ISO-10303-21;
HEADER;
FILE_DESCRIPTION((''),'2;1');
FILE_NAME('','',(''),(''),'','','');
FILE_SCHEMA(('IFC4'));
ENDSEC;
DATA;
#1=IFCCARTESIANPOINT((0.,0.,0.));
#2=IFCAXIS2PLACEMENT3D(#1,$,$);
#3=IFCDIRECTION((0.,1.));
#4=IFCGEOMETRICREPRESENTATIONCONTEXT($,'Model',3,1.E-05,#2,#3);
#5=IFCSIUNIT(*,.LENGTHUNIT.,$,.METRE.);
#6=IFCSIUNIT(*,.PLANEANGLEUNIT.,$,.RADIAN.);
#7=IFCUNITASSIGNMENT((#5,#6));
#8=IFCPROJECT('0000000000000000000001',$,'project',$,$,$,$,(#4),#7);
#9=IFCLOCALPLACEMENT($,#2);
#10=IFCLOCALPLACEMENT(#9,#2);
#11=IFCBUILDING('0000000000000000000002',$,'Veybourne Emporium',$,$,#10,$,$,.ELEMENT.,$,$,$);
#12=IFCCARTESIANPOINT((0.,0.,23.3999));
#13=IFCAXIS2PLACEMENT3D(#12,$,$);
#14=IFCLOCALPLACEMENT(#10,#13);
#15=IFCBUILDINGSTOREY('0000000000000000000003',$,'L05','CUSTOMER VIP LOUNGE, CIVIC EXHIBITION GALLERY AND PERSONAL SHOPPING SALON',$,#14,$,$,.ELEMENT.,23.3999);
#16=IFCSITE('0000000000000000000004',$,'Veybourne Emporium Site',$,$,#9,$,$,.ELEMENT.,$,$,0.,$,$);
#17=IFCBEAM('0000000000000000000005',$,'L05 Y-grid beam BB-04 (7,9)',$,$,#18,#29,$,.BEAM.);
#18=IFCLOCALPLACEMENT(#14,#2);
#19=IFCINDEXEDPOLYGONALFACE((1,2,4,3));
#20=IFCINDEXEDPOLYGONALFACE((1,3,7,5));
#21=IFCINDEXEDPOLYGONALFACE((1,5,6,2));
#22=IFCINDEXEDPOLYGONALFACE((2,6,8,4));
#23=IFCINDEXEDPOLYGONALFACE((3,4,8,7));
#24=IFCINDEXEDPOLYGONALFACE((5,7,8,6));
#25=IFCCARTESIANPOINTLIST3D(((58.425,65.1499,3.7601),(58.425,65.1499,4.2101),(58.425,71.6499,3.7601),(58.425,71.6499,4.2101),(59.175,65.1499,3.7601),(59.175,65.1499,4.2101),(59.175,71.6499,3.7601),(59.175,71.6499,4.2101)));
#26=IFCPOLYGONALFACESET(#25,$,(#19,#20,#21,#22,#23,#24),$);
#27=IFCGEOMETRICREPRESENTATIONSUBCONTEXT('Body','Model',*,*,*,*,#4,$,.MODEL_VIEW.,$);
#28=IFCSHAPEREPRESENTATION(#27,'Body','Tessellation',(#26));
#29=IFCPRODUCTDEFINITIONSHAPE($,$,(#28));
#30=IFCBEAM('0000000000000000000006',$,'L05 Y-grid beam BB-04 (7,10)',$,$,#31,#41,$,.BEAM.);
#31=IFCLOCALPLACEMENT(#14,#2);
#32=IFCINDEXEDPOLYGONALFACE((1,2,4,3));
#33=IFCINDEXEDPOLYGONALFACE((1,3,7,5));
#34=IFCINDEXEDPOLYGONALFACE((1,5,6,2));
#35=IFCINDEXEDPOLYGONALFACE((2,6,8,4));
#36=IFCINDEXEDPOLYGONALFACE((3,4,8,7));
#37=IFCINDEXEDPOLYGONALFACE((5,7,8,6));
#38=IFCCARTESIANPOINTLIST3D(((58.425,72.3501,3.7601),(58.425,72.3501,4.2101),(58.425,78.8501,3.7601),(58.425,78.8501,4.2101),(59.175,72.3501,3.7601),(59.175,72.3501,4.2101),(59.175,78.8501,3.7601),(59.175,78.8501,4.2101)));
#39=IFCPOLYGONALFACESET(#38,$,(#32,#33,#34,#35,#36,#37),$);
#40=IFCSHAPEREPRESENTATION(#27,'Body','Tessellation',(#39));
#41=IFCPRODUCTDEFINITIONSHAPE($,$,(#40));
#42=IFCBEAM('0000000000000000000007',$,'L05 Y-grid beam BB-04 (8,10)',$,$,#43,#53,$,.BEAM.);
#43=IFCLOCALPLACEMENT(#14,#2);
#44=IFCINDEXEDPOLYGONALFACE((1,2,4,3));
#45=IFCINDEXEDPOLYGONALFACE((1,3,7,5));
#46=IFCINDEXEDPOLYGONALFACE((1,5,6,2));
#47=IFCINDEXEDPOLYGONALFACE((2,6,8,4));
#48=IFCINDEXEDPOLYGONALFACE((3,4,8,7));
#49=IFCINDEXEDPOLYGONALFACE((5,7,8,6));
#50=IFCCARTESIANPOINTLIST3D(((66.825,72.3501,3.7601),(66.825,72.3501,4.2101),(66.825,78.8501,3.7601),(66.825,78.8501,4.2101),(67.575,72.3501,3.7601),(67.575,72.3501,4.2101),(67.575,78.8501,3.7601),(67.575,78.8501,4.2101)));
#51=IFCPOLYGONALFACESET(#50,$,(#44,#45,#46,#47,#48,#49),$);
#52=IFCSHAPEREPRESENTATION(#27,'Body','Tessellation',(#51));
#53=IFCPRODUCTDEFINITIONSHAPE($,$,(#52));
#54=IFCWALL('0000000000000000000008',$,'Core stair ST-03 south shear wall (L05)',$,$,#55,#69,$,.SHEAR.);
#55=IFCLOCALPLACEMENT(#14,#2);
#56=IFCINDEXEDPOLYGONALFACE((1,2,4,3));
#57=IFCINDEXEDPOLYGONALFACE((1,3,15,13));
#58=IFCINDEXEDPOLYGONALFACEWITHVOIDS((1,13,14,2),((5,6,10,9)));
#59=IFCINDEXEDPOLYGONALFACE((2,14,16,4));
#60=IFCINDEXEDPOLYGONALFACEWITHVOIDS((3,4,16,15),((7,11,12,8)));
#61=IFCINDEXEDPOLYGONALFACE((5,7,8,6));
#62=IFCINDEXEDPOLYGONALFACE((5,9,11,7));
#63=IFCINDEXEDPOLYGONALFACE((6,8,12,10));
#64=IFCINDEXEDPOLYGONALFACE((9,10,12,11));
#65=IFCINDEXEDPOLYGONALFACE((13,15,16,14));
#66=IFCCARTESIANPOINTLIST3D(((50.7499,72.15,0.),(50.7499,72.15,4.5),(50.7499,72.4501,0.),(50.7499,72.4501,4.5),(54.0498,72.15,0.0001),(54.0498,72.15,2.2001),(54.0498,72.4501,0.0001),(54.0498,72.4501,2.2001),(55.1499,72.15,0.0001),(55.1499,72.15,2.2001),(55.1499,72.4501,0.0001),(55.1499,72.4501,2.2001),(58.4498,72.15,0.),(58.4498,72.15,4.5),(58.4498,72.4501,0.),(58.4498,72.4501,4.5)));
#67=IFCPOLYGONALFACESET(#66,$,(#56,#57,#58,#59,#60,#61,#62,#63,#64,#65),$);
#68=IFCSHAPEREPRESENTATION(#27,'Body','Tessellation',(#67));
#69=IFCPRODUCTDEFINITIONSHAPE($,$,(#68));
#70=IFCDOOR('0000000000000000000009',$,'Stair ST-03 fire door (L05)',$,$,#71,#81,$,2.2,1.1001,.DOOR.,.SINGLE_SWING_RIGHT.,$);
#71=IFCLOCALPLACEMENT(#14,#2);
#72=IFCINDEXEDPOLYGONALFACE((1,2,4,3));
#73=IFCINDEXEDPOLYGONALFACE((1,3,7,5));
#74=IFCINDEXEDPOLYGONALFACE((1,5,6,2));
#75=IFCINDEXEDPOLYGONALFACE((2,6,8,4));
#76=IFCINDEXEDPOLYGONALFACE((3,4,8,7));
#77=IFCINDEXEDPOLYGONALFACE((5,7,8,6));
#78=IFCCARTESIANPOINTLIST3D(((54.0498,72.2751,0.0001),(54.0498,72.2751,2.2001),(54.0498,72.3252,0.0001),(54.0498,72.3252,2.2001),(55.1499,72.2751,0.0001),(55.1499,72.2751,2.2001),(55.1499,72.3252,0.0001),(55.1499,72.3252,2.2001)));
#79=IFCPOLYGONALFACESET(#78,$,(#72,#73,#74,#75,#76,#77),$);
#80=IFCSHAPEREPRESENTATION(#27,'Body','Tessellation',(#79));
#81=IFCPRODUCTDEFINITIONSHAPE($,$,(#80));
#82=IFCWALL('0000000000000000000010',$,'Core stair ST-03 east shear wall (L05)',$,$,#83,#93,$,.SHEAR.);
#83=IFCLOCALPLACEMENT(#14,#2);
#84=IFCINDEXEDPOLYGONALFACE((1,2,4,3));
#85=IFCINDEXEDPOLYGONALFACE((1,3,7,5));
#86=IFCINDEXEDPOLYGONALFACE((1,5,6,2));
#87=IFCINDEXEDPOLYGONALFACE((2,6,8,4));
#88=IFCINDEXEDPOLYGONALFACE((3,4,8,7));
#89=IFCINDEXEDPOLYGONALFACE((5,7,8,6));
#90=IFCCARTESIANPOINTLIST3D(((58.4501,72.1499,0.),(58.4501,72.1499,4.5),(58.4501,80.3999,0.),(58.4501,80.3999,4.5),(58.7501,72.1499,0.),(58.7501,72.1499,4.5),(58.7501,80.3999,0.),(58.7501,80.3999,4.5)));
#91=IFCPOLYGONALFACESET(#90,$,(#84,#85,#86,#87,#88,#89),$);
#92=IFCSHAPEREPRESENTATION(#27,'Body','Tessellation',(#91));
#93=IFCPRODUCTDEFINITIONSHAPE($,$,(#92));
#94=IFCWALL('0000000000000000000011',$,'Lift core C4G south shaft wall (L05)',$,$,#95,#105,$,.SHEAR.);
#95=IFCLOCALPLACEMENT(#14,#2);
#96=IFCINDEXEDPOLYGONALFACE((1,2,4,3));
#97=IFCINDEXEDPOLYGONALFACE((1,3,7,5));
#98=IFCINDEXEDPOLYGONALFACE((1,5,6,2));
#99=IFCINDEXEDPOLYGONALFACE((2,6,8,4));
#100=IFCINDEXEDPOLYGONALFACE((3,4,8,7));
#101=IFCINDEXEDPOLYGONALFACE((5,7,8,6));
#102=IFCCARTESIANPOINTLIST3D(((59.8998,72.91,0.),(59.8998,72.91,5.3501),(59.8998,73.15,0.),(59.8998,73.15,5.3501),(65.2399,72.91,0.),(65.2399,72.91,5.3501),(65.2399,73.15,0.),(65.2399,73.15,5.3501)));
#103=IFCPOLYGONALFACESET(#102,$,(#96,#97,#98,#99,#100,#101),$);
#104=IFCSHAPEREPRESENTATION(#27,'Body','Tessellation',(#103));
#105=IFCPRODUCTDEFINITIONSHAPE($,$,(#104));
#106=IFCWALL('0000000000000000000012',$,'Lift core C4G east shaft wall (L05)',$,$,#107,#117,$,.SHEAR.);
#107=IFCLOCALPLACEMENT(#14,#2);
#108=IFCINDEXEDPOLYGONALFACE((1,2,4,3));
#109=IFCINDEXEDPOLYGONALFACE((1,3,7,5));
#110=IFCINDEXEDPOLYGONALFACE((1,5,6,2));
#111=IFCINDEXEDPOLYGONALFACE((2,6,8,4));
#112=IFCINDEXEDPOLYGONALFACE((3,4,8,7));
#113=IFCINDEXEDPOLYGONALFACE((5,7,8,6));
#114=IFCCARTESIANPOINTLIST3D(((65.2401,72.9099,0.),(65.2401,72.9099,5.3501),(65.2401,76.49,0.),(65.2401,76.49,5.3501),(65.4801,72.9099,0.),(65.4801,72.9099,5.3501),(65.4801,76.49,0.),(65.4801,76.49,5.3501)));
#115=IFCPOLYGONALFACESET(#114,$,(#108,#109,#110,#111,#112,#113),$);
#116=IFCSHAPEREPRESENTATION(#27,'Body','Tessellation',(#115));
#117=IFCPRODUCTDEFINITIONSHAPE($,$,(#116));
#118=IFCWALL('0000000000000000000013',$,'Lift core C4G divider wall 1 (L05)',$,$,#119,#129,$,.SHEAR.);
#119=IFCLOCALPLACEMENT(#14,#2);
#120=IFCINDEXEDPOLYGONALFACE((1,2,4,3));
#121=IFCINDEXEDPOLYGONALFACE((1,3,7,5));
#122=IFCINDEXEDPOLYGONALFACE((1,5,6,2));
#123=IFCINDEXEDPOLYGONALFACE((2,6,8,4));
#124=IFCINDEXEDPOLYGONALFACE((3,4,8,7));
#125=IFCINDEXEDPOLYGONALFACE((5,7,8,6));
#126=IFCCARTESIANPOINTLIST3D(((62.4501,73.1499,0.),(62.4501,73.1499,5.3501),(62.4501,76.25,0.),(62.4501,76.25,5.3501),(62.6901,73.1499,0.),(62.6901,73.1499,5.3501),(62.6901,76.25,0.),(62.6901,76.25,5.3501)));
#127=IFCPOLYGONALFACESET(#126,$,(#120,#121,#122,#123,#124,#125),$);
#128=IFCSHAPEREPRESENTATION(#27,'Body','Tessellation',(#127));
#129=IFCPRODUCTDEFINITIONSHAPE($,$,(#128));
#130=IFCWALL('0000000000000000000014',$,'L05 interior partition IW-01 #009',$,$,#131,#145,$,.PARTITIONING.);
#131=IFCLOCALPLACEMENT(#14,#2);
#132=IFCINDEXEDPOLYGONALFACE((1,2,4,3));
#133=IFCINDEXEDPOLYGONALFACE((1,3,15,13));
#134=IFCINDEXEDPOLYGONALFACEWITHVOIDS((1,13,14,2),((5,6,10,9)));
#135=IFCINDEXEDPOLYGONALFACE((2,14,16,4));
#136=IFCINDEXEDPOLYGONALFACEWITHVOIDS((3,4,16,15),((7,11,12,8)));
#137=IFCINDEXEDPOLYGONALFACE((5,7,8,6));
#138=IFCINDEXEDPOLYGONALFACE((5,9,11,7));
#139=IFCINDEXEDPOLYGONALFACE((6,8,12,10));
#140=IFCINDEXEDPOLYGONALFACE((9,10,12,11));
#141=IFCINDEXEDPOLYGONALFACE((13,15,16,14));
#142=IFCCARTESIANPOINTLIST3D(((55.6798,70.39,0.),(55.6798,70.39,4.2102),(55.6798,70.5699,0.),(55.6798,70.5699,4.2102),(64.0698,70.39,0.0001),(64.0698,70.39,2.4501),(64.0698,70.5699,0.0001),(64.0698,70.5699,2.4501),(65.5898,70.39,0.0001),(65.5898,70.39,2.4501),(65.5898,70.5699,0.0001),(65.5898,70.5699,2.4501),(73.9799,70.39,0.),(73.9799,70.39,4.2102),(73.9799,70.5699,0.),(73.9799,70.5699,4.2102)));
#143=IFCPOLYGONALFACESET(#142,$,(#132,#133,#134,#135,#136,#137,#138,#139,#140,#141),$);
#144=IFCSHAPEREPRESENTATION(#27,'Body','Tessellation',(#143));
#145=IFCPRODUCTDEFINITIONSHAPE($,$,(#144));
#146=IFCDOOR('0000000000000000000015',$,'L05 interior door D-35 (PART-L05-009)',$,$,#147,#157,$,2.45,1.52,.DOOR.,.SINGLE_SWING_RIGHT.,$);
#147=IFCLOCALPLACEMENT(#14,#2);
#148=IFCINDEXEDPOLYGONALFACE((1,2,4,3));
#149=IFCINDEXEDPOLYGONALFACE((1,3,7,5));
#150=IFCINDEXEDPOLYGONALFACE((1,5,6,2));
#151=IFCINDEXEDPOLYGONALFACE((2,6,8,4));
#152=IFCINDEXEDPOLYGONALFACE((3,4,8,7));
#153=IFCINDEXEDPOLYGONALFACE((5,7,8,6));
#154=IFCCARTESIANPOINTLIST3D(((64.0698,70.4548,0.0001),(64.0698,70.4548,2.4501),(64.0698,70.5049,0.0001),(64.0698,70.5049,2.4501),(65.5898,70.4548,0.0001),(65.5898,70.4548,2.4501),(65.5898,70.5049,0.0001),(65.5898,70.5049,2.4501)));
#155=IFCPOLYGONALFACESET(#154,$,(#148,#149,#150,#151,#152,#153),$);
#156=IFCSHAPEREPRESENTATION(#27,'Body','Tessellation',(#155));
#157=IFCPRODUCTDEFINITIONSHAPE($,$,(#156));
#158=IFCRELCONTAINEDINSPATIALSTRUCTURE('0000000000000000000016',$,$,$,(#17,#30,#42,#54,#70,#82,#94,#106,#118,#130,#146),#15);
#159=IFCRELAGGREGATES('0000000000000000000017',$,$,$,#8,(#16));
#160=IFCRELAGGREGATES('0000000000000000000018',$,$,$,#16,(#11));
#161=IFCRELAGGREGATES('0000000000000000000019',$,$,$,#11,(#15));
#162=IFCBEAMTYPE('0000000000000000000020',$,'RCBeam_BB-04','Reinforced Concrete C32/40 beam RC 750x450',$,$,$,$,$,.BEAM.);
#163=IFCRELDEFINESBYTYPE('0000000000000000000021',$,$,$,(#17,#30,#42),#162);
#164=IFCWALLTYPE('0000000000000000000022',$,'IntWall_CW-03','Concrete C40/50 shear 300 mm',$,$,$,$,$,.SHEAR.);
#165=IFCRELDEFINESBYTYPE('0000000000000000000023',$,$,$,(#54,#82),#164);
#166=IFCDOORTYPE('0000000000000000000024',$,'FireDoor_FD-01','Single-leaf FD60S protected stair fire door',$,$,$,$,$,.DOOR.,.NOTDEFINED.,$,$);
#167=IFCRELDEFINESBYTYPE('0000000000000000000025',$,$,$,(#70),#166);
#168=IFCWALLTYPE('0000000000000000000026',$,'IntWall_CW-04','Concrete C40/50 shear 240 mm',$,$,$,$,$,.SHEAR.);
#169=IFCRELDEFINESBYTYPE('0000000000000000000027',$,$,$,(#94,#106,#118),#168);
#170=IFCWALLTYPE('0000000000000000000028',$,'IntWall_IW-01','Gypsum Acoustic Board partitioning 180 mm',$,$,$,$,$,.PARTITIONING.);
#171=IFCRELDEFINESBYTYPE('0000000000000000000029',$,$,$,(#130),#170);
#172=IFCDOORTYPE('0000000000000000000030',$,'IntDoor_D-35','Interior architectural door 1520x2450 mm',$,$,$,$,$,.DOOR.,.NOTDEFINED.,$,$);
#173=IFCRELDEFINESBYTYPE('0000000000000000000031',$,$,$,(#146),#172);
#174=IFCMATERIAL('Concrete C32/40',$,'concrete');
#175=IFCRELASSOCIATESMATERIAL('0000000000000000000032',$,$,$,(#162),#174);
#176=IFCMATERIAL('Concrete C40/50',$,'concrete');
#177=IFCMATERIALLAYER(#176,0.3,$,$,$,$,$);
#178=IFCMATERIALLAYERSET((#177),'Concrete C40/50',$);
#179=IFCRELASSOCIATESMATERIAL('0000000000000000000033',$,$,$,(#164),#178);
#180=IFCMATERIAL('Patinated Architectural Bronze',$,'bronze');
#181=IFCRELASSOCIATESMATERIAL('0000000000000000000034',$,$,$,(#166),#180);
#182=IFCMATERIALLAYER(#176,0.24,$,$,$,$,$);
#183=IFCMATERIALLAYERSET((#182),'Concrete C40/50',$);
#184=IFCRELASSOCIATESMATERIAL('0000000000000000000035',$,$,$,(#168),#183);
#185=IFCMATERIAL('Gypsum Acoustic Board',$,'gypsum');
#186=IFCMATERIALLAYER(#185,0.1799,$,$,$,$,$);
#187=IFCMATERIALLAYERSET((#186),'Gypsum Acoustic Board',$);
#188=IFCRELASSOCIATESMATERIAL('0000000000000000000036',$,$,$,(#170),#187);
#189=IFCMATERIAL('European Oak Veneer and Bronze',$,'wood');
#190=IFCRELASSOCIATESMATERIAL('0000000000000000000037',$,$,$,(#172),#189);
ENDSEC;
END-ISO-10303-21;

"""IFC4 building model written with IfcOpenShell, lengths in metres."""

from ifc_helpers import new_model, si_unit, direction, frame, frame_2d, origin, origin_2d, place, context, subcontext, project, spatial, rectangle, extrude, material, layer, layer_set, material_profile, profile_set, type_object, element, fill, save


model = new_model("IFC4")

# Units and contexts
model_context = context("Model", 3, precision=1e-05, world=origin(), true_north=direction((0.0, 1.0)))
body_context = subcontext(model_context, "Body", "Model", "MODEL_VIEW")
ifc_project = project(units=[si_unit("LENGTHUNIT", "METRE"), si_unit("PLANEANGLEUNIT", "RADIAN")], contexts=[model_context])

# Site, building, storey
site_placement = place(None, origin())
site = spatial("IfcSite", under=ifc_project, at=site_placement, Name="Veybourne Emporium Site", CompositionType="ELEMENT", RefElevation=0.0)
building_placement = place(site_placement, origin())
building = spatial("IfcBuilding", under=site, at=building_placement, Name="Veybourne Emporium", CompositionType="ELEMENT")
storey_placement = place(building_placement, frame((0.0, 0.0, 23.3999)))
storey = spatial("IfcBuildingStorey", under=building, at=storey_placement, Name="L05", Description="CUSTOMER VIP LOUNGE, CIVIC EXHIBITION GALLERY AND PERSONAL SHOPPING SALON", CompositionType="ELEMENT", Elevation=23.3999)

# Shared definitions
ifc_material_1 = material(Name="Concrete C40/50", Category="concrete")

# Beams
ifc_material_2 = material(Name="Concrete C32/40", Category="concrete")
ifc_material_profile_1 = material_profile(ifc_material_2, rectangle(XDim=0.75, YDim=0.45, at=origin_2d()), Name="RC 750x450")
ifc_profile_set_1 = profile_set([ifc_material_profile_1], Name="Concrete C32/40")
beam_type_1 = type_object("IfcBeamType", Name="RCBeam_BB-04", Description="Reinforced Concrete C32/40 beam RC 750x450", PredefinedType="BEAM", material=ifc_profile_set_1)
for number, where, z_axis, x_axis, name in (
    (1, (58.8, 65.1499, 3.9851), (0.0, 1.0, 0.0), (-1.0, 0.0, 0.0), "L05 Y-grid beam BB-04 (7,9)"),
    (2, (58.8, 72.3501, 3.9851), (0.0, 1.0, 0.0), (-1.0, 0.0, 0.0), "L05 Y-grid beam BB-04 (7,10)"),
    (3, (67.2, 72.3501, 3.9851), (0.0, 1.0, 0.0), (-1.0, 0.0, 0.0), "L05 Y-grid beam BB-04 (8,10)"),
):
    element("IfcBeam", number, at=place(storey_placement, frame(where, z_axis=z_axis, x_axis=x_axis)), inside=storey, type_object=beam_type_1, Name=name, PredefinedType="BEAM", context=body_context, shape_type="SweptSolid", body=[
        extrude(rectangle(XDim=0.75, YDim=0.45, at=origin_2d()), origin(), (0.0, 0.0, 1.0), 6.5),
    ])

# Wall, opening, door
ifc_layer_1 = layer(ifc_material_1, 0.3)
ifc_layer_set_1 = layer_set([ifc_layer_1], Name="Concrete C40/50")
wall_type_1 = type_object("IfcWallType", Name="IntWall_CW-03", Description="Concrete C40/50 shear 300 mm", PredefinedType="SHEAR", material=ifc_layer_set_1)
wall_1_placement = place(storey_placement, frame((58.45, 72.3, 0.0), z_axis=(0.0, 0.0, 1.0), x_axis=(-1.0, 0.0, 0.0)))
wall_1 = element("IfcWall", 4, at=wall_1_placement, inside=storey, type_object=wall_type_1, Name="Core stair ST-03 south shear wall (L05)", PredefinedType="SHEAR", context=body_context, shape_type="SweptSolid", body=[
    extrude(rectangle(XDim=7.7, YDim=0.3, at=frame_2d((3.8501, 0.0))), origin(), (0.0, 0.0, 1.0), 4.5),
])
opening_1_placement = place(wall_1_placement, frame((3.3, 0.0, 0.0)))
opening_1 = element("IfcOpeningElement", 5, at=opening_1_placement, cuts=wall_1, PredefinedType="OPENING", context=body_context, shape_type="SweptSolid", body=[
    extrude(rectangle(XDim=1.1001, YDim=2.2, at=frame_2d((0.55, 1.1001))), frame((0.0, 0.1699, 0.0), z_axis=(0.0, -1.0, 0.0), x_axis=(1.0, 0.0, 0.0)), (0.0, 0.0, 1.0), 0.3401),
])
ifc_material_3 = material(Name="Patinated Architectural Bronze", Category="bronze")
door_type_1 = type_object("IfcDoorType", Name="FireDoor_FD-01", Description="Single-leaf FD60S protected stair fire door", OperationType="NOTDEFINED", PredefinedType="DOOR", material=ifc_material_3)
door_1_placement = place(opening_1_placement, origin())
door_1 = element("IfcDoor", 6, at=door_1_placement, inside=storey, type_object=door_type_1, Name="Stair ST-03 fire door (L05)", OperationType="SINGLE_SWING_RIGHT", OverallHeight=2.2, OverallWidth=1.1001, PredefinedType="DOOR", context=body_context, shape_type="SweptSolid", body=[
    extrude(rectangle(XDim=1.1001, YDim=2.2, at=frame_2d((0.55, 1.1001))), frame((0.0, 0.0249, 0.0), z_axis=(0.0, -1.0, 0.0), x_axis=(1.0, 0.0, 0.0)), (0.0, 0.0, 1.0), 0.05),
])
fill(opening_1, door_1)

# Walls
wall_2_placement = place(storey_placement, frame((58.6001, 72.1499, 0.0), z_axis=(0.0, 0.0, 1.0), x_axis=(0.0, 1.0, 0.0)))
element("IfcWall", 7, at=wall_2_placement, inside=storey, type_object=wall_type_1, Name="Core stair ST-03 east shear wall (L05)", PredefinedType="SHEAR", context=body_context, shape_type="SweptSolid", body=[
    extrude(rectangle(XDim=8.25, YDim=0.3, at=frame_2d((4.125, 0.0))), origin(), (0.0, 0.0, 1.0), 4.5),
])
ifc_layer_2 = layer(ifc_material_1, 0.24)
ifc_layer_set_2 = layer_set([ifc_layer_2], Name="Concrete C40/50")
wall_type_2 = type_object("IfcWallType", Name="IntWall_CW-04", Description="Concrete C40/50 shear 240 mm", PredefinedType="SHEAR", material=ifc_layer_set_2)
wall_3_placement = place(storey_placement, frame((59.8999, 73.03, 0.0), z_axis=(0.0, 0.0, 1.0), x_axis=(1.0, 0.0, 0.0)))
element("IfcWall", 8, at=wall_3_placement, inside=storey, type_object=wall_type_2, Name="Lift core C4G south shaft wall (L05)", PredefinedType="SHEAR", context=body_context, shape_type="SweptSolid", body=[
    extrude(rectangle(XDim=5.3401, YDim=0.24, at=frame_2d((2.6699, 0.0))), origin(), (0.0, 0.0, 1.0), 5.3501),
])
wall_4_placement = place(storey_placement, frame((65.3601, 72.9099, 0.0), z_axis=(0.0, 0.0, 1.0), x_axis=(0.0, 1.0, 0.0)))
element("IfcWall", 9, at=wall_4_placement, inside=storey, type_object=wall_type_2, Name="Lift core C4G east shaft wall (L05)", PredefinedType="SHEAR", context=body_context, shape_type="SweptSolid", body=[
    extrude(rectangle(XDim=3.5801, YDim=0.24, at=frame_2d((1.79, 0.0))), origin(), (0.0, 0.0, 1.0), 5.3501),
])
wall_5_placement = place(storey_placement, frame((62.5701, 73.1499, 0.0), z_axis=(0.0, 0.0, 1.0), x_axis=(0.0, 1.0, 0.0)))
element("IfcWall", 10, at=wall_5_placement, inside=storey, type_object=wall_type_2, Name="Lift core C4G divider wall 1 (L05)", PredefinedType="SHEAR", context=body_context, shape_type="SweptSolid", body=[
    extrude(rectangle(XDim=3.1001, YDim=0.24, at=frame_2d((1.55, 0.0))), origin(), (0.0, 0.0, 1.0), 5.3501),
])

# Wall, opening, door
ifc_material_4 = material(Name="Gypsum Acoustic Board", Category="gypsum")
ifc_layer_3 = layer(ifc_material_4, 0.1799)
ifc_layer_set_3 = layer_set([ifc_layer_3], Name="Gypsum Acoustic Board")
wall_type_3 = type_object("IfcWallType", Name="IntWall_IW-01", Description="Gypsum Acoustic Board partitioning 180 mm", PredefinedType="PARTITIONING", material=ifc_layer_set_3)
wall_6_placement = place(storey_placement, frame((55.6799, 70.48, 0.0), z_axis=(0.0, 0.0, 1.0), x_axis=(1.0, 0.0, 0.0)))
wall_6 = element("IfcWall", 11, at=wall_6_placement, inside=storey, type_object=wall_type_3, Name="L05 interior partition IW-01 #009", PredefinedType="PARTITIONING", context=body_context, shape_type="SweptSolid", body=[
    extrude(rectangle(XDim=18.3, YDim=0.1799, at=frame_2d((9.1499, 0.0))), origin(), (0.0, 0.0, 1.0), 4.2102),
])
opening_2_placement = place(wall_6_placement, frame((8.3899, 0.0, 0.0)))
opening_2 = element("IfcOpeningElement", 12, at=opening_2_placement, cuts=wall_6, PredefinedType="OPENING", context=body_context, shape_type="SweptSolid", body=[
    extrude(rectangle(XDim=1.52, YDim=2.45, at=frame_2d((0.76, 1.2251))), frame((0.0, 0.1099, 0.0), z_axis=(0.0, -1.0, 0.0), x_axis=(1.0, 0.0, 0.0)), (0.0, 0.0, 1.0), 0.22),
])
ifc_material_5 = material(Name="European Oak Veneer and Bronze", Category="wood")
door_type_2 = type_object("IfcDoorType", Name="IntDoor_D-35", Description="Interior architectural door 1520x2450 mm", OperationType="NOTDEFINED", PredefinedType="DOOR", material=ifc_material_5)
door_2_placement = place(opening_2_placement, origin())
door_2 = element("IfcDoor", 13, at=door_2_placement, inside=storey, type_object=door_type_2, Name="L05 interior door D-35 (PART-L05-009)", OperationType="SINGLE_SWING_RIGHT", OverallHeight=2.45, OverallWidth=1.52, PredefinedType="DOOR", context=body_context, shape_type="SweptSolid", body=[
    extrude(rectangle(XDim=1.52, YDim=2.45, at=frame_2d((0.76, 1.2251))), frame((0.0, 0.0249, 0.0), z_axis=(0.0, -1.0, 0.0), x_axis=(1.0, 0.0, 0.0)), (0.0, 0.0, 1.0), 0.05),
])
fill(opening_2, door_2)

save(model, "model.ifc")
